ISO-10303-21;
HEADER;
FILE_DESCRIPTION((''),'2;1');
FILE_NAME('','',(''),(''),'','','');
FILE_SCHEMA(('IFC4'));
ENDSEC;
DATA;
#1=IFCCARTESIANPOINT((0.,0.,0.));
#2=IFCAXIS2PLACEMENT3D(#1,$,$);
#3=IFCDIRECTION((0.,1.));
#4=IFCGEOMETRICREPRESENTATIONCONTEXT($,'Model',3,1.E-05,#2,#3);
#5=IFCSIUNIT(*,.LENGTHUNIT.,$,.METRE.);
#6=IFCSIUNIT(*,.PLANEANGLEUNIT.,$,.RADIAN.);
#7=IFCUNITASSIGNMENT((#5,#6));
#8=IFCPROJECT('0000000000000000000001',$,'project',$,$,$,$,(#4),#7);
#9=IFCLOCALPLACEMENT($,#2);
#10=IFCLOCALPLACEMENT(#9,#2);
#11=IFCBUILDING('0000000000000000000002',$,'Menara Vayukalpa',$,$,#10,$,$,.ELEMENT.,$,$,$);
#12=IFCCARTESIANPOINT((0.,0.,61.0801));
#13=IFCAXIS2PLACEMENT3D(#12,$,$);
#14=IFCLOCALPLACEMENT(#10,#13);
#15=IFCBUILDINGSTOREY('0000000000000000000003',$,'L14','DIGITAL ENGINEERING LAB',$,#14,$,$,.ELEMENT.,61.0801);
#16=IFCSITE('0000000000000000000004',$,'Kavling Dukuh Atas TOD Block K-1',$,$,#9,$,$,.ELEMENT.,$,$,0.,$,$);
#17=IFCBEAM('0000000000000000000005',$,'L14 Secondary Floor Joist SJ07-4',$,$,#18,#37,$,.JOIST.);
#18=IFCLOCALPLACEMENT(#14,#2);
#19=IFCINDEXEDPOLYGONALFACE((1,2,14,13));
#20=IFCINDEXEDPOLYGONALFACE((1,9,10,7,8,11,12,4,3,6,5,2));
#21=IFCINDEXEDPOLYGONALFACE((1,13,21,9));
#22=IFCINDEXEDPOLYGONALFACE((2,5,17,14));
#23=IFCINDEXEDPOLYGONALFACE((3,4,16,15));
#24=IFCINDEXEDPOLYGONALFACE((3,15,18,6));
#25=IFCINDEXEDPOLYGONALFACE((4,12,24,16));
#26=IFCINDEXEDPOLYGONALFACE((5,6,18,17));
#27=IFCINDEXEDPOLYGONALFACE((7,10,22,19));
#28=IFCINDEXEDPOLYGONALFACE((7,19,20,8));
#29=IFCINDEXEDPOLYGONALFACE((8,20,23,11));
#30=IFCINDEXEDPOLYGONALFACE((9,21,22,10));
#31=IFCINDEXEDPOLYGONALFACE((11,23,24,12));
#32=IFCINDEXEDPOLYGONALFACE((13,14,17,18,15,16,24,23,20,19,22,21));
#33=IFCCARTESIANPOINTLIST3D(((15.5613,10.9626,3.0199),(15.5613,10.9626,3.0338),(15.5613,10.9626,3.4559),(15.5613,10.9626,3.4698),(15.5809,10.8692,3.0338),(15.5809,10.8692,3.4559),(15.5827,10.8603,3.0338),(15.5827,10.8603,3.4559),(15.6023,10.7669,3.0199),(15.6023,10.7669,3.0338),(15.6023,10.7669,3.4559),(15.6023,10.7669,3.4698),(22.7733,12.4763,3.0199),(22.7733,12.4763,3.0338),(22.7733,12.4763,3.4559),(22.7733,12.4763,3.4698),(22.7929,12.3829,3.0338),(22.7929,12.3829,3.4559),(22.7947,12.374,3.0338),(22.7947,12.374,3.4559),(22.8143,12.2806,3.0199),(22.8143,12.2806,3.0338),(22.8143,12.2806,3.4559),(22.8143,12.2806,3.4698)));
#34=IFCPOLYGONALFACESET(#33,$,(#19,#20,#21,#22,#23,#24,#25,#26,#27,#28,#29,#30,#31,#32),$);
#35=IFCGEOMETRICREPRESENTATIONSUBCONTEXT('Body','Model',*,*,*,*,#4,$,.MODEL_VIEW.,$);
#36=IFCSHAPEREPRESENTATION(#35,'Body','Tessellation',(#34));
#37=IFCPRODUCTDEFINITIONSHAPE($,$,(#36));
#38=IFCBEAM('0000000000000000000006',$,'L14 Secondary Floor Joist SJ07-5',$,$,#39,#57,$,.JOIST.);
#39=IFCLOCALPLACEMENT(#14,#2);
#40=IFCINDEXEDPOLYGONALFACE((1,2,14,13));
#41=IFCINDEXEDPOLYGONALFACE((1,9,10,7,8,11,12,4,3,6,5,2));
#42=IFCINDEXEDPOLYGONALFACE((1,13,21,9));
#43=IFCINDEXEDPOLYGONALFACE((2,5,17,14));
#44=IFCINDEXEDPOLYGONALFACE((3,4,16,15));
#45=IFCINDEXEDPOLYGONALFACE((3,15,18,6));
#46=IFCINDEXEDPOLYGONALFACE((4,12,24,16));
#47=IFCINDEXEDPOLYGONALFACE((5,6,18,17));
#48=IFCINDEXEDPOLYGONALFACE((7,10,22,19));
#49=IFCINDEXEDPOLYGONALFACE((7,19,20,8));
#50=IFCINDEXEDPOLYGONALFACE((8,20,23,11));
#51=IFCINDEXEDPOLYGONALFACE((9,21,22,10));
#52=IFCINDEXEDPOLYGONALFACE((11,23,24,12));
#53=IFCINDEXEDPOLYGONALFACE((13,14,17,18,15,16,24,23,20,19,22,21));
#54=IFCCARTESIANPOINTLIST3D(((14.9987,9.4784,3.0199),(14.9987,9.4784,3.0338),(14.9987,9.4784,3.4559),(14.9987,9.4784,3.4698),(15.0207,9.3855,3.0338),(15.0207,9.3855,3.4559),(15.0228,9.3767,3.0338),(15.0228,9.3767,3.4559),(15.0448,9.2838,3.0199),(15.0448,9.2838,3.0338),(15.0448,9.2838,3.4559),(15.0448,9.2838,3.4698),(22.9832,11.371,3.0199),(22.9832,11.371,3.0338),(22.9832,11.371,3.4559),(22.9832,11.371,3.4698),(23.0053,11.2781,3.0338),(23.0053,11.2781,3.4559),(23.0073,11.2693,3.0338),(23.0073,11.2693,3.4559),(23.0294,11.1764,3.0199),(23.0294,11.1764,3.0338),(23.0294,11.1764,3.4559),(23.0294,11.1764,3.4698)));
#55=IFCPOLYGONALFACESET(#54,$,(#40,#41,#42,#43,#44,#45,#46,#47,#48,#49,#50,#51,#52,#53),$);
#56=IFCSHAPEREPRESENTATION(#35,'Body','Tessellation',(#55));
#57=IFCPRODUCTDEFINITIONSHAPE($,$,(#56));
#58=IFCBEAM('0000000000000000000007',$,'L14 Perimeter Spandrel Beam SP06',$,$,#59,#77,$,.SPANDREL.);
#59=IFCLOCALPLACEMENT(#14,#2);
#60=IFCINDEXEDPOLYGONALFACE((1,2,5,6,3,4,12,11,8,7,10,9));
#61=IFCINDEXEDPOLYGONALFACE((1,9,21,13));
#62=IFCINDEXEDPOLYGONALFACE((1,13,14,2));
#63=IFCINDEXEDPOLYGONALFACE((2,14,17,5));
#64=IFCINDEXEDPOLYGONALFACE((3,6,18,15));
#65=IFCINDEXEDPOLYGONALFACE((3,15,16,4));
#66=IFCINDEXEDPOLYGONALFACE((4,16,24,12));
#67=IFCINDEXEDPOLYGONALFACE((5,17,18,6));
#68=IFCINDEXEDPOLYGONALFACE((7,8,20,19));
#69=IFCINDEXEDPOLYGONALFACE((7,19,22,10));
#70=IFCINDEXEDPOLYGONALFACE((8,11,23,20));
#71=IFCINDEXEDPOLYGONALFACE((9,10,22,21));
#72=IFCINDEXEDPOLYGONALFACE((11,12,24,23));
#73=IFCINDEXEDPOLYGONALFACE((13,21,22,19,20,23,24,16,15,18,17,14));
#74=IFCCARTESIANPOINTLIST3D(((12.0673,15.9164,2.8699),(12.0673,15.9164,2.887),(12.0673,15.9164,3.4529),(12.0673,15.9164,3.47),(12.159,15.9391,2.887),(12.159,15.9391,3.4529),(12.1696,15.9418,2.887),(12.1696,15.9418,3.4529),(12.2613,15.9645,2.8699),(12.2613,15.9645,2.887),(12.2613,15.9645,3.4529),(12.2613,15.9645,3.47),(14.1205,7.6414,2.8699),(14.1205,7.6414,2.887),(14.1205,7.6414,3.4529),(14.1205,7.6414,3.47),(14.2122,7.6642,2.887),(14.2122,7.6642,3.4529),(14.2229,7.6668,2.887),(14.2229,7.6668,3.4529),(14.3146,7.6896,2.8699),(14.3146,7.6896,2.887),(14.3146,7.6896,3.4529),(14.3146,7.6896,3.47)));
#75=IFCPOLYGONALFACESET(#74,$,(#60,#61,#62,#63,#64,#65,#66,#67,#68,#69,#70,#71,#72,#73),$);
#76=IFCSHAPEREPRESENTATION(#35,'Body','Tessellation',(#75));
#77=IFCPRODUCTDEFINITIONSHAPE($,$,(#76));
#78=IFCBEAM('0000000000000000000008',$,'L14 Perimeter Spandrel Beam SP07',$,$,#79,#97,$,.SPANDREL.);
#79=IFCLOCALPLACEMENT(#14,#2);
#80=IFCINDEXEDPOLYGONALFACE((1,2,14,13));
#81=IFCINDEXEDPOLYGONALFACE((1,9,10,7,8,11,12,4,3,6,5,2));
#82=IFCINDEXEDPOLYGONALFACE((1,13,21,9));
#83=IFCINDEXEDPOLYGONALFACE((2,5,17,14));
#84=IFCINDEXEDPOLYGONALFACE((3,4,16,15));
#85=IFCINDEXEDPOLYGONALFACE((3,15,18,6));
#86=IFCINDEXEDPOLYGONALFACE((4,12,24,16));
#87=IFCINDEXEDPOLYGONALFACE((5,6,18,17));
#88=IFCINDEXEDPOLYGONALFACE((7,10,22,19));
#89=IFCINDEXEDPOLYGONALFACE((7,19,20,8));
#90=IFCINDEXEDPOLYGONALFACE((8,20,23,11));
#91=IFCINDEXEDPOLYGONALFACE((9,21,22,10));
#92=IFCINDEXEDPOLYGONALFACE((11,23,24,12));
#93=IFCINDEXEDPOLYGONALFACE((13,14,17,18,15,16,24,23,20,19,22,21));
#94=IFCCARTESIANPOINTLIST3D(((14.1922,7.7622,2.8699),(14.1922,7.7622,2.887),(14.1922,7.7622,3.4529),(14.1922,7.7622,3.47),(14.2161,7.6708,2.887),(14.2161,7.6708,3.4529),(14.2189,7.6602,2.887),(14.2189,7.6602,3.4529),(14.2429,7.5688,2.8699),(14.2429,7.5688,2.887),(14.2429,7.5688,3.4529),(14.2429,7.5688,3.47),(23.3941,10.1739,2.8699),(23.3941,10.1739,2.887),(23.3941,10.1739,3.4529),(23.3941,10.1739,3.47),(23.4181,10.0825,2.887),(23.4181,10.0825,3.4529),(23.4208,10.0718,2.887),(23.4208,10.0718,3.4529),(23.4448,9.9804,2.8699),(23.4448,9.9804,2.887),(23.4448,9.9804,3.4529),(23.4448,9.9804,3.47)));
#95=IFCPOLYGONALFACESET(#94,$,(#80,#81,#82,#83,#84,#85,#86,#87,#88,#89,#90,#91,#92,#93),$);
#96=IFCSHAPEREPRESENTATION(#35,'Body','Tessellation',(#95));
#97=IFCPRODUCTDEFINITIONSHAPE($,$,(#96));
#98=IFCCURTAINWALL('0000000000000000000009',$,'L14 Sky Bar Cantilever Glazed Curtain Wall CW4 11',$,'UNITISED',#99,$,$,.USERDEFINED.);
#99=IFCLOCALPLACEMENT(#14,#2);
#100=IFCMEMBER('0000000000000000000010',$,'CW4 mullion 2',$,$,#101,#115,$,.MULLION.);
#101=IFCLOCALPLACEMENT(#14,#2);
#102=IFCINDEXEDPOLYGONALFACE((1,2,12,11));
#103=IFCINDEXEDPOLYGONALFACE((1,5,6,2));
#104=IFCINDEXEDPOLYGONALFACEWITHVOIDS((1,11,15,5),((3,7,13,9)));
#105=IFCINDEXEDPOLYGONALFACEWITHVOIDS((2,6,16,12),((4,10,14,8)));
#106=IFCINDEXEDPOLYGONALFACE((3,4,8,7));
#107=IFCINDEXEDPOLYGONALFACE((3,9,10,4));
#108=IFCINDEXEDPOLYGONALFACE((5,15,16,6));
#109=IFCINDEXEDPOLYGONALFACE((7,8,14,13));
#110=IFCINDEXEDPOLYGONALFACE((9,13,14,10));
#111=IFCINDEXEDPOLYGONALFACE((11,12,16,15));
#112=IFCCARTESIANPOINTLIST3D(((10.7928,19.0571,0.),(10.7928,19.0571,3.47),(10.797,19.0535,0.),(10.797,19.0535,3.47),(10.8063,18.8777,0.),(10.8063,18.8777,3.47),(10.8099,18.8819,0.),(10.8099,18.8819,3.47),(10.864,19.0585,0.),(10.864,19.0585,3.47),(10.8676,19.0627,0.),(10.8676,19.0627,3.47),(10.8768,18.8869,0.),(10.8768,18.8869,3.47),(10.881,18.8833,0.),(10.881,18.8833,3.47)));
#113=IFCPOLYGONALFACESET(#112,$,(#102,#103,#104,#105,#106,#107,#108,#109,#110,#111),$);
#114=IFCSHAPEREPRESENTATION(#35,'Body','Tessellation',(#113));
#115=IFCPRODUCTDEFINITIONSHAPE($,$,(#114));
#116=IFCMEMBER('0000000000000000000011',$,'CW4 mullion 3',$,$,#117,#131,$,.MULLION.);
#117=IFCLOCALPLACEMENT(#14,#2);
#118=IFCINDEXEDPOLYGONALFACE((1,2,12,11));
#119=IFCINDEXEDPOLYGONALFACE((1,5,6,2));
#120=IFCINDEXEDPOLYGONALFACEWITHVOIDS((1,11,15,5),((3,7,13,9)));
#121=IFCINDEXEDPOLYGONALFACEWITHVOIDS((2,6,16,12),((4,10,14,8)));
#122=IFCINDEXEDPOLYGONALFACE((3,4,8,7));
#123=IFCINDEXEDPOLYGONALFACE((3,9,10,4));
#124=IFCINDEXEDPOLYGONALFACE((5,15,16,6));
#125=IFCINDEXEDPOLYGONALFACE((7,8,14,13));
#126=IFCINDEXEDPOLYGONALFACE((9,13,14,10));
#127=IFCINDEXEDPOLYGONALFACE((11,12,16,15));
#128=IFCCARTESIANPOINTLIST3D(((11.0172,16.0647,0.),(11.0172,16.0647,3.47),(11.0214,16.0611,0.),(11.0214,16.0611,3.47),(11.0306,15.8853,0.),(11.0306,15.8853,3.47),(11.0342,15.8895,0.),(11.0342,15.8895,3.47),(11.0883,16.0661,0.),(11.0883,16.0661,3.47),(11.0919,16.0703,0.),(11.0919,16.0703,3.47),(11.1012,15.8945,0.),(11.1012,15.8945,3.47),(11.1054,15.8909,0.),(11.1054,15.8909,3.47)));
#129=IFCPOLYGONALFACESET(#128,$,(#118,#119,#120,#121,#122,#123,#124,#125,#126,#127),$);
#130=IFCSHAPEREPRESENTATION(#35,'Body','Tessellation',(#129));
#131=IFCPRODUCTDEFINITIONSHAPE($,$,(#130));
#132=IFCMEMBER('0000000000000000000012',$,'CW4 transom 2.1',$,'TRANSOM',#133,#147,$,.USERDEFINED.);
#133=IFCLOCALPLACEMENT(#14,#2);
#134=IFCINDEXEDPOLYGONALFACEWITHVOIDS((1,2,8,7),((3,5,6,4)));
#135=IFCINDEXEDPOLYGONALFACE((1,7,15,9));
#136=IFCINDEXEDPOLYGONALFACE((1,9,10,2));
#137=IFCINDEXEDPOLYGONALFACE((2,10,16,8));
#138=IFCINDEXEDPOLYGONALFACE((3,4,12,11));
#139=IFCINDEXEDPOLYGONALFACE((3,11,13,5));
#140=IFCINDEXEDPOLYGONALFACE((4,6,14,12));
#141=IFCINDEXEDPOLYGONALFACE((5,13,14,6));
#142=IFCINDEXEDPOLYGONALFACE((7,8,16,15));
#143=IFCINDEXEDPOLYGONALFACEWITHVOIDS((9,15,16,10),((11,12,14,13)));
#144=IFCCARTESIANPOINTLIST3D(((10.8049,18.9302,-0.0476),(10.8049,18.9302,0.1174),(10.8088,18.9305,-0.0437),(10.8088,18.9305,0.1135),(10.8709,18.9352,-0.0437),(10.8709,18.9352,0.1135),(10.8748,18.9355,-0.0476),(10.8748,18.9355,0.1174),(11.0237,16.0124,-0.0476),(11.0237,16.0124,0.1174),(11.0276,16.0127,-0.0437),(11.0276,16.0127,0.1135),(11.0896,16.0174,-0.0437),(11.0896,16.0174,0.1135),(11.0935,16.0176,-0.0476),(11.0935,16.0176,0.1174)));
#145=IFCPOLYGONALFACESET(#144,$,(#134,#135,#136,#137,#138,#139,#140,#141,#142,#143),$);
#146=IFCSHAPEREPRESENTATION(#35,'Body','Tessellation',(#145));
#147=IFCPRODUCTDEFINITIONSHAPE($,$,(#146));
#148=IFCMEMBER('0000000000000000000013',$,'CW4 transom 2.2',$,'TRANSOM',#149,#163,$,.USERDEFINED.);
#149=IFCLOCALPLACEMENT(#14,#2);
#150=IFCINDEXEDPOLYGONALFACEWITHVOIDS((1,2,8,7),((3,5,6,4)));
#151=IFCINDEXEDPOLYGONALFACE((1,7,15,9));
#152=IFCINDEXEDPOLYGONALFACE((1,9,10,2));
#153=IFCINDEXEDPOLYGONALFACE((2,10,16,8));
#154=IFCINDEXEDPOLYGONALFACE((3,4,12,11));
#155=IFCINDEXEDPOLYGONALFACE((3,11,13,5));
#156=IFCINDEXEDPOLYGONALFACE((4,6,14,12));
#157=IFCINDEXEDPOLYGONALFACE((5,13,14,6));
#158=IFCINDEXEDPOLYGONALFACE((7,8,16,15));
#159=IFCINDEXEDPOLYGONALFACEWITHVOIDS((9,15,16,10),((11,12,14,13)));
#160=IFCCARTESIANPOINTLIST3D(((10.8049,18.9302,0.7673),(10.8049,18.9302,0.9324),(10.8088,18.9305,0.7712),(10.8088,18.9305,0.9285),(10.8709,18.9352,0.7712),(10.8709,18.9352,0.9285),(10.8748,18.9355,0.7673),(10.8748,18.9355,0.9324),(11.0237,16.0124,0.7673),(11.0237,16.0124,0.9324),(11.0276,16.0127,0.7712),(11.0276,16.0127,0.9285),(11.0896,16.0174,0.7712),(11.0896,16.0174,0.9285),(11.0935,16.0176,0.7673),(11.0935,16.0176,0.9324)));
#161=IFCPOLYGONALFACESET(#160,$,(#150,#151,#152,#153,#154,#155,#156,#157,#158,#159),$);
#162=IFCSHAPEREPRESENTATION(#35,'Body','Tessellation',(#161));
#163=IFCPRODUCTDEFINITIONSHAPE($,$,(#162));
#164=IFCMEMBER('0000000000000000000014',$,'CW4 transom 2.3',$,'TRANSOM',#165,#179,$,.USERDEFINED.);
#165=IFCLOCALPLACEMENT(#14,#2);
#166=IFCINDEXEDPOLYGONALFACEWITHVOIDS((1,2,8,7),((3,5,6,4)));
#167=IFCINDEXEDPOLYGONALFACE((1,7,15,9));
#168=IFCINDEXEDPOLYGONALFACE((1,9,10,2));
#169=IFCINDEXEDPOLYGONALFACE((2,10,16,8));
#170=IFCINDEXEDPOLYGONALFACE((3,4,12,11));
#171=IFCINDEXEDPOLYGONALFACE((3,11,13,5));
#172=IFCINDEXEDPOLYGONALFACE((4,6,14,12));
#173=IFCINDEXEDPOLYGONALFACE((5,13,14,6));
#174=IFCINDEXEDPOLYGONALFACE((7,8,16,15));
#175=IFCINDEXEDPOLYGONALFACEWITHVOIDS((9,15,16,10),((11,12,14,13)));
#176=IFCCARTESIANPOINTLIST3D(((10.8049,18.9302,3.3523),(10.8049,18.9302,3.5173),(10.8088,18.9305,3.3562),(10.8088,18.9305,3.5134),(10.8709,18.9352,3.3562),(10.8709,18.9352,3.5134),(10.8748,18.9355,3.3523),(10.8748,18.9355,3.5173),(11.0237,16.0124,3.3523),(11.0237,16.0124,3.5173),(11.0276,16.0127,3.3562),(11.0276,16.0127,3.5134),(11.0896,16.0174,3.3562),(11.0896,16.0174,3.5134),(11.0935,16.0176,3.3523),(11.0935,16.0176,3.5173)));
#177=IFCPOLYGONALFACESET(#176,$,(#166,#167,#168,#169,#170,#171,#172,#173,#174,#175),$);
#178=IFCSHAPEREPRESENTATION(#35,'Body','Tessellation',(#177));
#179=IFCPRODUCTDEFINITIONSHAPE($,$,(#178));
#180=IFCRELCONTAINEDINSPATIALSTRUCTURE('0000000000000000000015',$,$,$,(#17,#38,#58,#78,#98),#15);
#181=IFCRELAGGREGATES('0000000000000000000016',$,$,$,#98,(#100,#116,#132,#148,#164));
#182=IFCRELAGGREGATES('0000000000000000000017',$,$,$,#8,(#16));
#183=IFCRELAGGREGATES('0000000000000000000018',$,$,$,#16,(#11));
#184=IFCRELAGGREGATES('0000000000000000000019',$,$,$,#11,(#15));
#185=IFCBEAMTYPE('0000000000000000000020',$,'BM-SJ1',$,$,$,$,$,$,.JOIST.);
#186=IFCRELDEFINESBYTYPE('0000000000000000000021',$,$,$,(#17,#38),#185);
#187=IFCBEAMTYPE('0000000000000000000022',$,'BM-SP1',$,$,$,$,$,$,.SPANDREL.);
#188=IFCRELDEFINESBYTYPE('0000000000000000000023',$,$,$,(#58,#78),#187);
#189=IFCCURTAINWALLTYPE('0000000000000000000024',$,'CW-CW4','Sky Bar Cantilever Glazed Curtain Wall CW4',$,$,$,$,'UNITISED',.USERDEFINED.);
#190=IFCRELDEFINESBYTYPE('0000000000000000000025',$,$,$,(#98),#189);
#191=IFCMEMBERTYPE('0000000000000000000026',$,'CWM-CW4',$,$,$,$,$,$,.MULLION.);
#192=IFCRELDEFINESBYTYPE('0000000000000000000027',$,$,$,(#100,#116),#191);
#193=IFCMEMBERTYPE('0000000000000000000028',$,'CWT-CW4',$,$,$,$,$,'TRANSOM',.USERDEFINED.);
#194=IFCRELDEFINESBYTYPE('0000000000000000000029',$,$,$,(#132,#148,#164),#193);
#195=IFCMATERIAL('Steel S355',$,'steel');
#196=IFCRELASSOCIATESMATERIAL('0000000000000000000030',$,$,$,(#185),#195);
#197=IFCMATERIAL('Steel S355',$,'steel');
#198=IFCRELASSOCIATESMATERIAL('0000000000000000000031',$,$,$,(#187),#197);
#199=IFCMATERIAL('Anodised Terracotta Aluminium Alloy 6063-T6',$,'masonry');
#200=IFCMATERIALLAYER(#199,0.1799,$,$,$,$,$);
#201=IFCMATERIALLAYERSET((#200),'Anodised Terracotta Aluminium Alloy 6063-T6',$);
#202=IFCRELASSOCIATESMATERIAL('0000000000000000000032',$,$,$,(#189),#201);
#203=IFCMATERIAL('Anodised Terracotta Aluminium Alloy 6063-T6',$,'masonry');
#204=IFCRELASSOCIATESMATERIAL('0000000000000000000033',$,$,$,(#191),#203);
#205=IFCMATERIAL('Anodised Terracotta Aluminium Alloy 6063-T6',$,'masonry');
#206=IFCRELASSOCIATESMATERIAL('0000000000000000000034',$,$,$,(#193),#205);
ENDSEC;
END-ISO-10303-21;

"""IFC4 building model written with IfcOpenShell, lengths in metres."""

from ifc_helpers import new_model, si_unit, direction, frame, origin, origin_2d, place, context, subcontext, project, spatial, hollow_rectangle, i_section, extrude, material, layer, layer_set, material_profile, profile_set, type_object, element, aggregate, save


model = new_model("IFC4")

# Units and contexts
model_context = context("Model", 3, precision=1e-05, world=origin(), true_north=direction((0.0, 1.0)))
body_context = subcontext(model_context, "Body", "Model", "MODEL_VIEW")
ifc_project = project(units=[si_unit("LENGTHUNIT", "METRE"), si_unit("PLANEANGLEUNIT", "RADIAN")], contexts=[model_context])

# Site, building, storey
site_placement = place(None, origin())
site = spatial("IfcSite", under=ifc_project, at=site_placement, Name="Kavling Dukuh Atas TOD Block K-1", CompositionType="ELEMENT", RefElevation=0.0)
building_placement = place(site_placement, origin())
building = spatial("IfcBuilding", under=site, at=building_placement, Name="Menara Vayukalpa", CompositionType="ELEMENT")
storey_placement = place(building_placement, frame((0.0, 0.0, 61.0801)))
storey = spatial("IfcBuildingStorey", under=building, at=storey_placement, Name="L14", Description="DIGITAL ENGINEERING LAB", CompositionType="ELEMENT", Elevation=61.0801)

# Beams
ifc_material_1 = material(Name="Steel S355", Category="steel")
ifc_material_profile_1 = material_profile(ifc_material_1, i_section(OverallWidth=0.2, OverallDepth=0.45, WebThickness=0.009, FlangeThickness=0.0139, at=origin_2d()), Name="WF 450x200x9x14")
ifc_profile_set_1 = profile_set([ifc_material_profile_1], Name="Steel S355")
beam_type_1 = type_object("IfcBeamType", Name="BM-SJ1", PredefinedType="JOIST", material=ifc_profile_set_1)
beam_1_placement = place(storey_placement, frame((15.5818, 10.8647, 3.2449), z_axis=(0.978676, 0.205409, 0.0), x_axis=(-0.205409, 0.978676, 0.0)))
element("IfcBeam", 1, at=beam_1_placement, inside=storey, type_object=beam_type_1, Name="L14 Secondary Floor Joist SJ07-4", PredefinedType="JOIST", context=body_context, shape_type="SweptSolid", body=[
    extrude(i_section(OverallWidth=0.2, OverallDepth=0.45, WebThickness=0.009, FlangeThickness=0.0139, at=origin_2d()), origin(), (0.0, 0.0, 1.0), 7.3691),
])
beam_2_placement = place(storey_placement, frame((15.0217, 9.3811, 3.2449), z_axis=(0.97304, 0.230638, 0.0), x_axis=(-0.230638, 0.97304, 0.0)))
element("IfcBeam", 2, at=beam_2_placement, inside=storey, type_object=beam_type_1, Name="L14 Secondary Floor Joist SJ07-5", PredefinedType="JOIST", context=body_context, shape_type="SweptSolid", body=[
    extrude(i_section(OverallWidth=0.2, OverallDepth=0.45, WebThickness=0.009, FlangeThickness=0.0139, at=origin_2d()), origin(), (0.0, 0.0, 1.0), 8.2058),
])
ifc_material_2 = material(Name="Steel S355", Category="steel")
ifc_material_profile_2 = material_profile(ifc_material_2, i_section(OverallWidth=0.2, OverallDepth=0.6001, WebThickness=0.011, FlangeThickness=0.0171, at=origin_2d()), Name="WF 600x200x11x17")
ifc_profile_set_2 = profile_set([ifc_material_profile_2], Name="Steel S355")
beam_type_2 = type_object("IfcBeamType", Name="BM-SP1", PredefinedType="SPANDREL", material=ifc_profile_set_2)
beam_3_placement = place(storey_placement, frame((12.1643, 15.9404, 3.1699), z_axis=(0.240824, -0.970569, 0.0), x_axis=(0.970569, 0.240824, 0.0)))
element("IfcBeam", 3, at=beam_3_placement, inside=storey, type_object=beam_type_2, Name="L14 Perimeter Spandrel Beam SP06", PredefinedType="SPANDREL", context=body_context, shape_type="SweptSolid", body=[
    extrude(i_section(OverallWidth=0.2, OverallDepth=0.6001, WebThickness=0.011, FlangeThickness=0.0171, at=origin_2d()), origin(), (0.0, 0.0, 1.0), 8.5259),
])
beam_4_placement = place(storey_placement, frame((14.2175, 7.6655, 3.1699), z_axis=(0.967331, 0.253517, 0.0), x_axis=(-0.253517, 0.967331, 0.0)))
element("IfcBeam", 4, at=beam_4_placement, inside=storey, type_object=beam_type_2, Name="L14 Perimeter Spandrel Beam SP07", PredefinedType="SPANDREL", context=body_context, shape_type="SweptSolid", body=[
    extrude(i_section(OverallWidth=0.2, OverallDepth=0.6001, WebThickness=0.011, FlangeThickness=0.0171, at=origin_2d()), origin(), (0.0, 0.0, 1.0), 9.5127),
])

# Curtain wall, members
ifc_material_3 = material(Name="Anodised Terracotta Aluminium Alloy 6063-T6", Category="masonry")
ifc_layer_1 = layer(ifc_material_3, 0.1799)
ifc_layer_set_1 = layer_set([ifc_layer_1], Name="Anodised Terracotta Aluminium Alloy 6063-T6")
curtain_wall_type = type_object("IfcCurtainWallType", Name="CW-CW4", Description="Sky Bar Cantilever Glazed Curtain Wall CW4", ElementType="UNITISED", PredefinedType="USERDEFINED", material=ifc_layer_set_1)
curtain_wall_placement = place(storey_placement, origin())
curtain_wall = element("IfcCurtainWall", 5, at=curtain_wall_placement, inside=storey, type_object=curtain_wall_type, Name="L14 Sky Bar Cantilever Glazed Curtain Wall CW4 11", ObjectType="UNITISED", PredefinedType="USERDEFINED")
ifc_material_4 = material(Name="Anodised Terracotta Aluminium Alloy 6063-T6", Category="masonry")
ifc_material_profile_3 = material_profile(ifc_material_4, hollow_rectangle(XDim=0.075, YDim=0.1799, WallThickness=0.0039, at=origin_2d()), Name="ALU 75x180x4")
ifc_profile_set_3 = profile_set([ifc_material_profile_3], Name="Anodised Terracotta Aluminium Alloy 6063-T6")
member_type_1 = type_object("IfcMemberType", Name="CWM-CW4", PredefinedType="MULLION", material=ifc_profile_set_3)
member_1_placement = place(storey_placement, frame((10.8369, 18.9702, 0.0), z_axis=(0.0, 0.0, 1.0), x_axis=(0.997199, 0.074795, 0.0)))
member_1 = element("IfcMember", 6, at=member_1_placement, type_object=member_type_1, Name="CW4 mullion 2", PredefinedType="MULLION", context=body_context, shape_type="SweptSolid", body=[
    extrude(hollow_rectangle(XDim=0.075, YDim=0.1799, WallThickness=0.0039, at=origin_2d()), origin(), (0.0, 0.0, 1.0), 3.47),
])
member_2_placement = place(storey_placement, frame((11.0613, 15.9778, 0.0), z_axis=(0.0, 0.0, 1.0), x_axis=(0.997199, 0.074795, 0.0)))
member_2 = element("IfcMember", 7, at=member_2_placement, type_object=member_type_1, Name="CW4 mullion 3", PredefinedType="MULLION", context=body_context, shape_type="SweptSolid", body=[
    extrude(hollow_rectangle(XDim=0.075, YDim=0.1799, WallThickness=0.0039, at=origin_2d()), origin(), (0.0, 0.0, 1.0), 3.47),
])
ifc_material_5 = material(Name="Anodised Terracotta Aluminium Alloy 6063-T6", Category="masonry")
ifc_material_profile_4 = material_profile(ifc_material_5, hollow_rectangle(XDim=0.0701, YDim=0.165, WallThickness=0.0039, at=origin_2d()), Name="ALU 70x165x4")
ifc_profile_set_4 = profile_set([ifc_material_profile_4], Name="Anodised Terracotta Aluminium Alloy 6063-T6")
member_type_2 = type_object("IfcMemberType", Name="CWT-CW4", ElementType="TRANSOM", PredefinedType="USERDEFINED", material=ifc_profile_set_4)
member_3_placement = place(storey_placement, frame((10.8398, 18.9329, 0.0349), z_axis=(0.074763, -0.997201, 0.0), x_axis=(0.997201, 0.074763, 0.0)))
member_3 = element("IfcMember", 8, at=member_3_placement, type_object=member_type_2, Name="CW4 transom 2.1", ObjectType="TRANSOM", PredefinedType="USERDEFINED", context=body_context, shape_type="SweptSolid", body=[
    extrude(hollow_rectangle(XDim=0.0701, YDim=0.165, WallThickness=0.0039, at=origin_2d()), origin(), (0.0, 0.0, 1.0), 2.926),
])
member_4_placement = place(storey_placement, frame((10.8398, 18.9329, 0.8499), z_axis=(0.074763, -0.997201, 0.0), x_axis=(0.997201, 0.074763, 0.0)))
member_4 = element("IfcMember", 9, at=member_4_placement, type_object=member_type_2, Name="CW4 transom 2.2", ObjectType="TRANSOM", PredefinedType="USERDEFINED", context=body_context, shape_type="SweptSolid", body=[
    extrude(hollow_rectangle(XDim=0.0701, YDim=0.165, WallThickness=0.0039, at=origin_2d()), origin(), (0.0, 0.0, 1.0), 2.926),
])
member_5_placement = place(storey_placement, frame((10.8398, 18.9329, 3.4348), z_axis=(0.074763, -0.997201, 0.0), x_axis=(0.997201, 0.074763, 0.0)))
member_5 = element("IfcMember", 10, at=member_5_placement, type_object=member_type_2, Name="CW4 transom 2.3", ObjectType="TRANSOM", PredefinedType="USERDEFINED", context=body_context, shape_type="SweptSolid", body=[
    extrude(hollow_rectangle(XDim=0.0701, YDim=0.165, WallThickness=0.0039, at=origin_2d()), origin(), (0.0, 0.0, 1.0), 2.926),
])
aggregate(curtain_wall, [member_1, member_2, member_3, member_4, member_5])

save(model, "model.ifc")
